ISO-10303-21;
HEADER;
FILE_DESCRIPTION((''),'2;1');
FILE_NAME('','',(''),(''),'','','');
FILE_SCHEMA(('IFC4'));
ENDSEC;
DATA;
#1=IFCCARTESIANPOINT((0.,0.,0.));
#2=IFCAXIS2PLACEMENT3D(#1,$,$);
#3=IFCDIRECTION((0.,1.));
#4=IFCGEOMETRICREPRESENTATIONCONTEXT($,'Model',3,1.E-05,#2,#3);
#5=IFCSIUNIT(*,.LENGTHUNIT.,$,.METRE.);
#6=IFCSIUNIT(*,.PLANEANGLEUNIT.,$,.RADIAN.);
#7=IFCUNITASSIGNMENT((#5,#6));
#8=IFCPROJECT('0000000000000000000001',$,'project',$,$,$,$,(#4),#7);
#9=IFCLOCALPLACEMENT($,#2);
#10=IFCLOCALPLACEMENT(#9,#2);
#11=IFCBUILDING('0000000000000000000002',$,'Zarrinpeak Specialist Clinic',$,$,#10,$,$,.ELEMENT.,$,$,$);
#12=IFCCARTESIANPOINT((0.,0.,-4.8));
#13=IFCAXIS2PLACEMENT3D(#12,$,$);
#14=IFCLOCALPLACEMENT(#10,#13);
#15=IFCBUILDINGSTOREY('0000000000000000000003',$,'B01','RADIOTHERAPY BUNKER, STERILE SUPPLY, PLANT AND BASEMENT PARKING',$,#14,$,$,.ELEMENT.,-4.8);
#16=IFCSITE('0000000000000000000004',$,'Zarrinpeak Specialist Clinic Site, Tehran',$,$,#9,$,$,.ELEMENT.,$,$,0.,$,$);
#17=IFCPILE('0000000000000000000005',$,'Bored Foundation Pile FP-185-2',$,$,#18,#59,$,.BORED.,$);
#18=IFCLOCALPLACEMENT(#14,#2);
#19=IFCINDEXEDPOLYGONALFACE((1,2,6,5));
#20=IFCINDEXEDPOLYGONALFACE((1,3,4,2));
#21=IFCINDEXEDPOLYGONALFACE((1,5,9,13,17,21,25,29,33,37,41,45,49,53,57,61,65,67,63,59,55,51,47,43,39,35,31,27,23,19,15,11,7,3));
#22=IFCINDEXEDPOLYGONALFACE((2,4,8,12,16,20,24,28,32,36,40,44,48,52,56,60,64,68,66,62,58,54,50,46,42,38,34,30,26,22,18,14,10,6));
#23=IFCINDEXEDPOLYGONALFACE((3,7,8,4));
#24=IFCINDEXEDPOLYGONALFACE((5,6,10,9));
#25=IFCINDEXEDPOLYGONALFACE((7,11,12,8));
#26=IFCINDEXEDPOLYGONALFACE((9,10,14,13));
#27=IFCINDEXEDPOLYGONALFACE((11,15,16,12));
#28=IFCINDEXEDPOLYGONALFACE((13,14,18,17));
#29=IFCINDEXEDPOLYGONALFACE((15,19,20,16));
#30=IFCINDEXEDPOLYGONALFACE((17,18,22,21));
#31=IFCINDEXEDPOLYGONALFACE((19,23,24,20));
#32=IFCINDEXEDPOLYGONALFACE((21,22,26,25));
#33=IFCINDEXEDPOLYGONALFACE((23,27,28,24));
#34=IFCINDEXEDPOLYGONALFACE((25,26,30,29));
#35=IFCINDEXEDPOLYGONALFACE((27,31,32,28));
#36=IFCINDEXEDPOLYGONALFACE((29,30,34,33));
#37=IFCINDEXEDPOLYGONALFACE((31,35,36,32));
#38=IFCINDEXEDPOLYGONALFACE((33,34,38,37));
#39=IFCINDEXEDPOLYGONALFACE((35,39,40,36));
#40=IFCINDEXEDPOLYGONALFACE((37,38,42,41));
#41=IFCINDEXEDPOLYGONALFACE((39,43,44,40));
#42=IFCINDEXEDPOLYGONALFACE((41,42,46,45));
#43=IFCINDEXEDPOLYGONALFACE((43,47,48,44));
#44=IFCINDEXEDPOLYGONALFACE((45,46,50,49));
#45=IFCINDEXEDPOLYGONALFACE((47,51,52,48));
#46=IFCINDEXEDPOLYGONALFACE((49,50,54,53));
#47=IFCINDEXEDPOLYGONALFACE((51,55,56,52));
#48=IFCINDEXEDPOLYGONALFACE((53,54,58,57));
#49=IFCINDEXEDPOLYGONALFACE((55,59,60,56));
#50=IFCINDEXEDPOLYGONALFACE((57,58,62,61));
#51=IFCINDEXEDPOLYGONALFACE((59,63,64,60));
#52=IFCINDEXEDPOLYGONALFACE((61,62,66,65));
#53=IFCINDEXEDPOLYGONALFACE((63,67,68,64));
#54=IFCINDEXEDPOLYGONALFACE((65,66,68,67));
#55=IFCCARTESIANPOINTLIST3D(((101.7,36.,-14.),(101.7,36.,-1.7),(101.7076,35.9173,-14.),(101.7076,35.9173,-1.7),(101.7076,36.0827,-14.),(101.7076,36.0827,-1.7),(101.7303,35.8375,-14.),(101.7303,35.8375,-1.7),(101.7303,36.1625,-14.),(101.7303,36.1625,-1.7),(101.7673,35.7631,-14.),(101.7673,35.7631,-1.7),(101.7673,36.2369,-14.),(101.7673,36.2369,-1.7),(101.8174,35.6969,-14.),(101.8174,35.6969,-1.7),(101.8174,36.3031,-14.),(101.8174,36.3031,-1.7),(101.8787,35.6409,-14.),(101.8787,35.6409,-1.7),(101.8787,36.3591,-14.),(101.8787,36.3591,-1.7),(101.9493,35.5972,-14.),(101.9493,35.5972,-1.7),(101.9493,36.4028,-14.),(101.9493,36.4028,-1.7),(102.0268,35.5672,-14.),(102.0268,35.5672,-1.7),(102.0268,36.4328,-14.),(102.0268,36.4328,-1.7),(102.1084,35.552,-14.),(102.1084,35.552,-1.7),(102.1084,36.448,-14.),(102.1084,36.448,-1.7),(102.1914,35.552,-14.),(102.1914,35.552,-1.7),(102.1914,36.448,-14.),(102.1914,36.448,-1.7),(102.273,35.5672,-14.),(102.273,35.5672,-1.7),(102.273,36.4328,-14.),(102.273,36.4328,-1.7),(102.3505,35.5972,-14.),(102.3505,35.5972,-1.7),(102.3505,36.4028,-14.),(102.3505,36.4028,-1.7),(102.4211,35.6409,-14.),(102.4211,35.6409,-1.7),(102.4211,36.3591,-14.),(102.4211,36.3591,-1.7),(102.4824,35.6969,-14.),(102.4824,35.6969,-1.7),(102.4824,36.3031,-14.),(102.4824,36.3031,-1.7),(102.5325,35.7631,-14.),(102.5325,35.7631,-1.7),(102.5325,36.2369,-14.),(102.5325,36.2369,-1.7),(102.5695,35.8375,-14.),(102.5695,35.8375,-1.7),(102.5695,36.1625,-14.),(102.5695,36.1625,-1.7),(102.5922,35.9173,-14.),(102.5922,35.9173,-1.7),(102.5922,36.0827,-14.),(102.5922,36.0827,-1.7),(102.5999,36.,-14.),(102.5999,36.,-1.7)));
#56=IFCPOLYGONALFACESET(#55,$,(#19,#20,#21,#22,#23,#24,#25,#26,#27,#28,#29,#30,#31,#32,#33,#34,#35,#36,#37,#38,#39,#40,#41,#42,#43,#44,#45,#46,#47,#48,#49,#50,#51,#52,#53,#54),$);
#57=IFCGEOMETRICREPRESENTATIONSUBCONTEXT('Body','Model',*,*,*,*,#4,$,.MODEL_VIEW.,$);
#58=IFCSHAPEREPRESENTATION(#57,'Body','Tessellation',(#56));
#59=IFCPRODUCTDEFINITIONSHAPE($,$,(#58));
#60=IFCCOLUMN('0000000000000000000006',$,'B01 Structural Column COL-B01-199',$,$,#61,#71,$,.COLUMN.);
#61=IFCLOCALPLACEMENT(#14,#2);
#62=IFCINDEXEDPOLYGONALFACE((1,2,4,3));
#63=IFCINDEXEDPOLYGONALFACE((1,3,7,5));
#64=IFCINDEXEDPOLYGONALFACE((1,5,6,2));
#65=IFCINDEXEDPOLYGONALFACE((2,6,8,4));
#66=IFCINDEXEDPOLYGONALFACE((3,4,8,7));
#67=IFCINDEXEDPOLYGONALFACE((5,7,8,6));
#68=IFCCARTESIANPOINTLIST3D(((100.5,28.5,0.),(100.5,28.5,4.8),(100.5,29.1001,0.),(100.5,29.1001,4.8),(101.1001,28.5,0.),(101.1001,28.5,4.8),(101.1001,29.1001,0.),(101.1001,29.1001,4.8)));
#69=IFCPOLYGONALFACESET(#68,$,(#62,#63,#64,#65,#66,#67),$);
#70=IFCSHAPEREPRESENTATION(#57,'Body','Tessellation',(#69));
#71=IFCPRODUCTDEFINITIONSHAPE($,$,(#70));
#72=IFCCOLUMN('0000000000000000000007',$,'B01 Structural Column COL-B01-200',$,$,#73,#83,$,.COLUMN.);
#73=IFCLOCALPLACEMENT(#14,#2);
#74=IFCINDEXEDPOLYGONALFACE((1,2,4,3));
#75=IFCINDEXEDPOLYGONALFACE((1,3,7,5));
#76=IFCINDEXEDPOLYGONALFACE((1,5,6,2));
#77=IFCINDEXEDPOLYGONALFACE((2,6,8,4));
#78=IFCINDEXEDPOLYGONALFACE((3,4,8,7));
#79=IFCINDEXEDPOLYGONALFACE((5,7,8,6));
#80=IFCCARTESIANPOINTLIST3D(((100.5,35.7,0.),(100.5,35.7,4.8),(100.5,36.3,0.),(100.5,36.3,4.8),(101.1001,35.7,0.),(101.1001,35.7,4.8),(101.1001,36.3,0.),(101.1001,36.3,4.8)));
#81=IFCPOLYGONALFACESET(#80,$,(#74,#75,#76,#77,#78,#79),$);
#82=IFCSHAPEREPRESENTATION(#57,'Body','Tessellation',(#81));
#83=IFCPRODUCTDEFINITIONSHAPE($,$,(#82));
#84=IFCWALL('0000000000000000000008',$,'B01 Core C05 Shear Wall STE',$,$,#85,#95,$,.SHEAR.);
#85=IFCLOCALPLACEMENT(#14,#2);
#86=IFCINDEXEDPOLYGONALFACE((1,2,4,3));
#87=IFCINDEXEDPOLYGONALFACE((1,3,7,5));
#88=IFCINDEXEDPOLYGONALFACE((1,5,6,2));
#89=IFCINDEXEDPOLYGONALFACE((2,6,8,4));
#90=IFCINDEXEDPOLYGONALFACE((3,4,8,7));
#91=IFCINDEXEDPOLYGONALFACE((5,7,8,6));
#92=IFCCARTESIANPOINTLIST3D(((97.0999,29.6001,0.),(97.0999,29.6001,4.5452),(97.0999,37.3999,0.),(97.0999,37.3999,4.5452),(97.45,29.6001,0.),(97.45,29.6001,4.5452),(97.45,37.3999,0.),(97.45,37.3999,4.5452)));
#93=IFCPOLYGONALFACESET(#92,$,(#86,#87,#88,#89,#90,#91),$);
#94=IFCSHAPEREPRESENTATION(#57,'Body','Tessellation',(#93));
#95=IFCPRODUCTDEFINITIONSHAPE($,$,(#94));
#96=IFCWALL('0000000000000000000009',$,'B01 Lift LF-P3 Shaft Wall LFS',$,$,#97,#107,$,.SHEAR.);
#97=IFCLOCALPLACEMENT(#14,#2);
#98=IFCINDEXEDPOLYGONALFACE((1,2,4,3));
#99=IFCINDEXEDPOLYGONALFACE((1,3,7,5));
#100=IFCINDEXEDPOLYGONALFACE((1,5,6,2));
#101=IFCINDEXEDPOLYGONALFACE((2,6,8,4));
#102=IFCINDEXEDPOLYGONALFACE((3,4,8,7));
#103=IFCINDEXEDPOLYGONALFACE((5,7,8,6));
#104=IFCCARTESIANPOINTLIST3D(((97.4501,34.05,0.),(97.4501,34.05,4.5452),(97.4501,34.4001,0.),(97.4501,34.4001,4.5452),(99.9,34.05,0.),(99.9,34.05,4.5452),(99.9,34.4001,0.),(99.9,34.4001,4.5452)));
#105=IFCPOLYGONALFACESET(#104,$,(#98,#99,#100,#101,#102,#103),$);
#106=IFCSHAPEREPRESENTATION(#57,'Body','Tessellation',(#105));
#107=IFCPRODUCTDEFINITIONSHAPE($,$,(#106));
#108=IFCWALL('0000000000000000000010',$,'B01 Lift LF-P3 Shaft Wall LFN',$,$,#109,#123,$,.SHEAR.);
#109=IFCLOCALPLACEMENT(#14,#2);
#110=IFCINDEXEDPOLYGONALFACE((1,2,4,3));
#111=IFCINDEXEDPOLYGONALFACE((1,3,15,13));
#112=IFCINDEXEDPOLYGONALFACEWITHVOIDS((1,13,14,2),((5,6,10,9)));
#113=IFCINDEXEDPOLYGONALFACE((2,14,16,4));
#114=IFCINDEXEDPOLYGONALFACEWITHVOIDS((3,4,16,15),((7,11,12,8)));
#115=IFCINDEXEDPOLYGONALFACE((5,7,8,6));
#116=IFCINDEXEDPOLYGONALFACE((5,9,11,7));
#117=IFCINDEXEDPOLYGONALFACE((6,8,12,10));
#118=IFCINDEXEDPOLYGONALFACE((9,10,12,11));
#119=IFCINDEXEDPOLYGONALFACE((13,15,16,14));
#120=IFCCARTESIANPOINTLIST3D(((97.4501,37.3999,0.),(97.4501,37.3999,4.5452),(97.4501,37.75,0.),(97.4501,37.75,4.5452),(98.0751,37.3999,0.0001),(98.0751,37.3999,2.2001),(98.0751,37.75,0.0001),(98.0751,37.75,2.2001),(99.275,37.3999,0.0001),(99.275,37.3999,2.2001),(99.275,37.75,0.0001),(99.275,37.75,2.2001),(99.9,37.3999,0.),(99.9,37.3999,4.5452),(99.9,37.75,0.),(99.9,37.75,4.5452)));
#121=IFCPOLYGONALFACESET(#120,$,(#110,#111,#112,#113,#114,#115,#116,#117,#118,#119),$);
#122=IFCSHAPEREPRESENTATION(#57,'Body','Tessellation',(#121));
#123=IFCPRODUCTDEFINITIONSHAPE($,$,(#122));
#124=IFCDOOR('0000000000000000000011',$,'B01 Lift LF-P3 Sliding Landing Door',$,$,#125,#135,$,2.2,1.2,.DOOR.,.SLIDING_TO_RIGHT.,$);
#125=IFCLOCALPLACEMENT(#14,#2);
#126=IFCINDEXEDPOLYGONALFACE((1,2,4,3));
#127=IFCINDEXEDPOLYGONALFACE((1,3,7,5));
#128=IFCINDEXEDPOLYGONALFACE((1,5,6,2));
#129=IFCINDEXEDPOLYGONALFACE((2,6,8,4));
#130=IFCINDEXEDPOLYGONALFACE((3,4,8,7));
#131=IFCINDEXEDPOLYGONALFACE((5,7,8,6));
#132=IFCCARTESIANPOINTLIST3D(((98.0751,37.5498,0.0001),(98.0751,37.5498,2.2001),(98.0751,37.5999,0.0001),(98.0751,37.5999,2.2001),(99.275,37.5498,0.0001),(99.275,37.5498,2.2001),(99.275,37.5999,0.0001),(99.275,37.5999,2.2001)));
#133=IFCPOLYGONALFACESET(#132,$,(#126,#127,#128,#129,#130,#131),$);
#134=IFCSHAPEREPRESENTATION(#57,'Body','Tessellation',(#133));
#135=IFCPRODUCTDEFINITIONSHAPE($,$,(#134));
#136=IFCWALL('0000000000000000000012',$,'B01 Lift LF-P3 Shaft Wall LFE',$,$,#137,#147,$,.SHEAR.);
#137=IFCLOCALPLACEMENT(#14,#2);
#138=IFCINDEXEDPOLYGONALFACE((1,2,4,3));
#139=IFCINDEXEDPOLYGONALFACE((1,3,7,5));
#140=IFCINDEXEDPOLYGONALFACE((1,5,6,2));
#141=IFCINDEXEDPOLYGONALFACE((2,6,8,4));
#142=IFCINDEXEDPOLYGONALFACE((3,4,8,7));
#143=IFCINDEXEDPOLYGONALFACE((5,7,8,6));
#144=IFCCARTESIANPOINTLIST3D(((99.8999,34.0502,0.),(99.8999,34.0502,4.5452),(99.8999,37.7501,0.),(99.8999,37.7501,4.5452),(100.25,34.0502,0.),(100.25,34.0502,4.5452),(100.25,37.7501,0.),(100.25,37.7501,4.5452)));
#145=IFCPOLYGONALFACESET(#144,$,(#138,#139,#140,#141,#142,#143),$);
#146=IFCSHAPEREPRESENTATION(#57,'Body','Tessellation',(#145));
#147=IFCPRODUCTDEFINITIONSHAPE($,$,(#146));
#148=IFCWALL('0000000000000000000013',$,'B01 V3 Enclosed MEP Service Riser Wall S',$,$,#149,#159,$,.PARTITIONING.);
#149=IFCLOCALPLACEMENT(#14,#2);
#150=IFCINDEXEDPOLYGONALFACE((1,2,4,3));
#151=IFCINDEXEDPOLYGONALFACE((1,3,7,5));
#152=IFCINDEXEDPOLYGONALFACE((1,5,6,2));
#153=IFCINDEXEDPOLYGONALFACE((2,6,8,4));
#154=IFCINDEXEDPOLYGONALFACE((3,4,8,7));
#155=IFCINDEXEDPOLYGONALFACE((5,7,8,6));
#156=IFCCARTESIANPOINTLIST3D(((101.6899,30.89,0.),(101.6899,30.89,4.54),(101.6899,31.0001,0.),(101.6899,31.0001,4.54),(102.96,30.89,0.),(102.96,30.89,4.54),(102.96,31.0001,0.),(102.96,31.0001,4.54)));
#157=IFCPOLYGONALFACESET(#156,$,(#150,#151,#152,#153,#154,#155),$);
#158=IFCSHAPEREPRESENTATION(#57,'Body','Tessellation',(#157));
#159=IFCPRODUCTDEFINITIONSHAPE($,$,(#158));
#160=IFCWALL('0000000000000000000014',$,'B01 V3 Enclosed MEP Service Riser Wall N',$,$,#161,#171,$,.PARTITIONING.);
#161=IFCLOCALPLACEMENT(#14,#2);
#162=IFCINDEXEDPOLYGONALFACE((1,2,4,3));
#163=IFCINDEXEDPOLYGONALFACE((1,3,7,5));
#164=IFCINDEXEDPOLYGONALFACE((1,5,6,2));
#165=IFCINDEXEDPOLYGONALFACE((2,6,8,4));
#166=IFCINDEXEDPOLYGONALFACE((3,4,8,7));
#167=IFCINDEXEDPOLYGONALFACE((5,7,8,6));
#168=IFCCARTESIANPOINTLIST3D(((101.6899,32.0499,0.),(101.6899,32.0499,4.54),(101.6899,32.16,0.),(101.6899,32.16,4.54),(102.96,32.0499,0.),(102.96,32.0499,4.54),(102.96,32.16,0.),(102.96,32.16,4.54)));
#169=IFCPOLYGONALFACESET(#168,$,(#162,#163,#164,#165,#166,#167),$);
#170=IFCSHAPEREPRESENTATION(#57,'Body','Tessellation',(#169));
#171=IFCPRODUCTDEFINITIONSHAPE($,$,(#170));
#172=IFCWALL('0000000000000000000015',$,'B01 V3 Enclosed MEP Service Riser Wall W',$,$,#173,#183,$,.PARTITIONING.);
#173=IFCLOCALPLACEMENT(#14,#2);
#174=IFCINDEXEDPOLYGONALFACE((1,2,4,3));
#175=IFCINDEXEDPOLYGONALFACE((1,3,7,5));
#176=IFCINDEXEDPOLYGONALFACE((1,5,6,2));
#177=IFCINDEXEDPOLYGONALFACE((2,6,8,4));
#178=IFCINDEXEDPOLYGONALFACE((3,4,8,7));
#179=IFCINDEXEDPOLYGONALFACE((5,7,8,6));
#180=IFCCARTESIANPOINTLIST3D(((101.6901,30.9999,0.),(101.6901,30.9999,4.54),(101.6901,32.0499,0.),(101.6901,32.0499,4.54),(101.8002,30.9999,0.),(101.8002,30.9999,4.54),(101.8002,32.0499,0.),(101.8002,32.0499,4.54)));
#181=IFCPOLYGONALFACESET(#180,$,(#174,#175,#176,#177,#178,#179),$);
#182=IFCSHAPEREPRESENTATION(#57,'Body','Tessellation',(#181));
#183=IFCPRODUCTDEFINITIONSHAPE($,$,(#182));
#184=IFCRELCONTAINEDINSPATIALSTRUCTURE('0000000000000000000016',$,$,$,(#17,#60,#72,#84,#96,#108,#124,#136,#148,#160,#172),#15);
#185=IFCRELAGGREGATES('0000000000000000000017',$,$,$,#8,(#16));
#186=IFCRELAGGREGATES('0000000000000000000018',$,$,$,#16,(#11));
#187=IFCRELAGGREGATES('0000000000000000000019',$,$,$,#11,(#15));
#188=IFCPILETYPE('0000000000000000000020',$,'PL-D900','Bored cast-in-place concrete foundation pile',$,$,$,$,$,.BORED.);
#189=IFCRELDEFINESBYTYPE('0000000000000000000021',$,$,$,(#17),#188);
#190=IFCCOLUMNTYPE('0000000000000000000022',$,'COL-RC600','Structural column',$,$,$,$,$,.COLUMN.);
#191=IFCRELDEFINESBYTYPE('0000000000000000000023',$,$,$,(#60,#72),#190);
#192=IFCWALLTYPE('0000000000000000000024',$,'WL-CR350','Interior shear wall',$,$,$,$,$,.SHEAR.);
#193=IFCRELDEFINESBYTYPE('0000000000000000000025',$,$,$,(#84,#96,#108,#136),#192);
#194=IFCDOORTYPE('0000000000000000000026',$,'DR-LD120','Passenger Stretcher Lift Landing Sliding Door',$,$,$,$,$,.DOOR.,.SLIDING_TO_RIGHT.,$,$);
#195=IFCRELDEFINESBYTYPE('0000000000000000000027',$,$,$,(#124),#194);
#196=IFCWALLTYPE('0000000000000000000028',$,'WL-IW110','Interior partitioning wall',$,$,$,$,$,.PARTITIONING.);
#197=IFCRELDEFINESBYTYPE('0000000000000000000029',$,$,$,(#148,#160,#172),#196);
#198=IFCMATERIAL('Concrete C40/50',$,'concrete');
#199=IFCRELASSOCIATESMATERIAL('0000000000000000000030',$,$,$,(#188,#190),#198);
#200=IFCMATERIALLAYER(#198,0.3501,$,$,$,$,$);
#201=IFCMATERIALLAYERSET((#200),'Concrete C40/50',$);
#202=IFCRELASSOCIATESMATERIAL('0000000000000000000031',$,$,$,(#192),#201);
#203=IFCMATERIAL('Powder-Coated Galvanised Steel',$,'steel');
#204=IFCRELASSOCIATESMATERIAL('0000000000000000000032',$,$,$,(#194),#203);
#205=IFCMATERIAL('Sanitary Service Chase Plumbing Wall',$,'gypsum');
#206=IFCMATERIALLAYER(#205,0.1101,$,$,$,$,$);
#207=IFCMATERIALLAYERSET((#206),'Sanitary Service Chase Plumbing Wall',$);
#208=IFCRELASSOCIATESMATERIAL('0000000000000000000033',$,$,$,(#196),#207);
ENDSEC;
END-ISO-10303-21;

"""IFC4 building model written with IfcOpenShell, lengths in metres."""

from ifc_helpers import new_model, si_unit, direction, frame, frame_2d, origin, origin_2d, place, context, subcontext, project, spatial, rectangle, circle, extrude, material, layer, layer_set, material_profile, profile_set, type_object, element, fill, save


model = new_model("IFC4")

# Units and contexts
model_context = context("Model", 3, precision=1e-05, world=origin(), true_north=direction((0.0, 1.0)))
body_context = subcontext(model_context, "Body", "Model", "MODEL_VIEW")
ifc_project = project(units=[si_unit("LENGTHUNIT", "METRE"), si_unit("PLANEANGLEUNIT", "RADIAN")], contexts=[model_context])

# Site, building, storey
site_placement = place(None, origin())
site = spatial("IfcSite", under=ifc_project, at=site_placement, Name="Zarrinpeak Specialist Clinic Site, Tehran", CompositionType="ELEMENT", RefElevation=0.0)
building_placement = place(site_placement, origin())
building = spatial("IfcBuilding", under=site, at=building_placement, Name="Zarrinpeak Specialist Clinic", CompositionType="ELEMENT")
storey_placement = place(building_placement, frame((0.0, 0.0, -4.8)))
storey = spatial("IfcBuildingStorey", under=building, at=storey_placement, Name="B01", Description="RADIOTHERAPY BUNKER, STERILE SUPPLY, PLANT AND BASEMENT PARKING", CompositionType="ELEMENT", Elevation=-4.8)

# Shared definitions
ifc_material_1 = material(Name="Concrete C40/50", Category="concrete")

# Pile
ifc_material_profile_1 = material_profile(ifc_material_1, circle(Radius=0.45, at=origin_2d()), Name="BORED PILE D900")
ifc_profile_set_1 = profile_set([ifc_material_profile_1], Name="Concrete C40/50")
pile_type_1 = type_object("IfcPileType", Name="PL-D900", Description="Bored cast-in-place concrete foundation pile", PredefinedType="BORED", material=ifc_profile_set_1)
for number, where, z_axis, x_axis, name in (
    (1, (102.1499, 36.0, -1.7), (0.0, 0.0, -1.0), (1.0, 0.0, 0.0), "Bored Foundation Pile FP-185-2"),
):
    element("IfcPile", number, at=place(storey_placement, frame(where, z_axis=z_axis, x_axis=x_axis)), inside=storey, type_object=pile_type_1, Name=name, PredefinedType="BORED", context=body_context, shape_type="SweptSolid", body=[
        extrude(circle(Radius=0.45, at=origin_2d()), origin(), (0.0, 0.0, 1.0), 12.3),
    ])

# Columns
ifc_material_profile_2 = material_profile(ifc_material_1, rectangle(XDim=0.6001, YDim=0.6001, at=origin_2d()), Name="RC 600x600")
ifc_profile_set_2 = profile_set([ifc_material_profile_2], Name="Concrete C40/50")
column_type = type_object("IfcColumnType", Name="COL-RC600", Description="Structural column", PredefinedType="COLUMN", material=ifc_profile_set_2)
for number, where, z_axis, x_axis, name in (
    (2, (100.8, 28.8, 0.0), (0.0, 0.0, 1.0), (1.0, 0.0, 0.0), "B01 Structural Column COL-B01-199"),
    (3, (100.8, 36.0, 0.0), (0.0, 0.0, 1.0), (1.0, 0.0, 0.0), "B01 Structural Column COL-B01-200"),
):
    element("IfcColumn", number, at=place(storey_placement, frame(where, z_axis=z_axis, x_axis=x_axis)), inside=storey, type_object=column_type, Name=name, PredefinedType="COLUMN", context=body_context, shape_type="SweptSolid", body=[
        extrude(rectangle(XDim=0.6001, YDim=0.6001, at=origin_2d()), origin(), (0.0, 0.0, 1.0), 4.8),
    ])

# Walls
ifc_layer_1 = layer(ifc_material_1, 0.3501)
ifc_layer_set_1 = layer_set([ifc_layer_1], Name="Concrete C40/50")
wall_type_1 = type_object("IfcWallType", Name="WL-CR350", Description="Interior shear wall", PredefinedType="SHEAR", material=ifc_layer_set_1)
wall_1_placement = place(storey_placement, frame((97.2749, 29.6001, 0.0), z_axis=(0.0, 0.0, 1.0), x_axis=(0.0, 1.0, 0.0)))
element("IfcWall", 4, at=wall_1_placement, inside=storey, type_object=wall_type_1, Name="B01 Core C05 Shear Wall STE", PredefinedType="SHEAR", context=body_context, shape_type="SweptSolid", body=[
    extrude(rectangle(XDim=7.7998, YDim=0.3501, at=frame_2d((3.8999, 0.0))), origin(), (0.0, 0.0, 1.0), 4.5452),
])
wall_2_placement = place(storey_placement, frame((97.45, 34.2251, 0.0), z_axis=(0.0, 0.0, 1.0), x_axis=(1.0, 0.0, 0.0)))
element("IfcWall", 5, at=wall_2_placement, inside=storey, type_object=wall_type_1, Name="B01 Lift LF-P3 Shaft Wall LFS", PredefinedType="SHEAR", context=body_context, shape_type="SweptSolid", body=[
    extrude(rectangle(XDim=2.45, YDim=0.3501, at=frame_2d((1.2251, 0.0))), origin(), (0.0, 0.0, 1.0), 4.5452),
])

# Wall, opening, door
wall_3_placement = place(storey_placement, frame((97.45, 37.575, 0.0), z_axis=(0.0, 0.0, 1.0), x_axis=(1.0, 0.0, 0.0)))
wall_3 = element("IfcWall", 6, at=wall_3_placement, inside=storey, type_object=wall_type_1, Name="B01 Lift LF-P3 Shaft Wall LFN", PredefinedType="SHEAR", context=body_context, shape_type="SweptSolid", body=[
    extrude(rectangle(XDim=2.45, YDim=0.3501, at=frame_2d((1.2251, 0.0))), origin(), (0.0, 0.0, 1.0), 4.5452),
])
opening_1_placement = place(wall_3_placement, frame((0.625, 0.0, 0.0)))
opening_1 = element("IfcOpeningElement", 7, at=opening_1_placement, cuts=wall_3, PredefinedType="OPENING", context=body_context, shape_type="SweptSolid", body=[
    extrude(rectangle(XDim=1.2, YDim=2.2, at=frame_2d((0.6001, 1.1001))), frame((0.0, 0.1851, 0.0), z_axis=(0.0, -1.0, 0.0), x_axis=(1.0, 0.0, 0.0)), (0.0, 0.0, 1.0), 0.3701),
])
ifc_material_2 = material(Name="Powder-Coated Galvanised Steel", Category="steel")
door_type_1 = type_object("IfcDoorType", Name="DR-LD120", Description="Passenger Stretcher Lift Landing Sliding Door", OperationType="SLIDING_TO_RIGHT", PredefinedType="DOOR", material=ifc_material_2)
door_1_placement = place(opening_1_placement, origin())
door_1 = element("IfcDoor", 8, at=door_1_placement, inside=storey, type_object=door_type_1, Name="B01 Lift LF-P3 Sliding Landing Door", OperationType="SLIDING_TO_RIGHT", OverallHeight=2.2, OverallWidth=1.2, PredefinedType="DOOR", context=body_context, shape_type="SweptSolid", body=[
    extrude(rectangle(XDim=1.2, YDim=2.2, at=frame_2d((0.6001, 1.1001))), frame((0.0, 0.0249, 0.0), z_axis=(0.0, -1.0, 0.0), x_axis=(1.0, 0.0, 0.0)), (0.0, 0.0, 1.0), 0.05),
])
fill(opening_1, door_1)

# Walls
wall_4_placement = place(storey_placement, frame((100.075, 34.05, 0.0), z_axis=(0.0, 0.0, 1.0), x_axis=(0.0, 1.0, 0.0)))
element("IfcWall", 9, at=wall_4_placement, inside=storey, type_object=wall_type_1, Name="B01 Lift LF-P3 Shaft Wall LFE", PredefinedType="SHEAR", context=body_context, shape_type="SweptSolid", body=[
    extrude(rectangle(XDim=3.7, YDim=0.3501, at=frame_2d((1.8501, 0.0))), origin(), (0.0, 0.0, 1.0), 4.5452),
])
ifc_material_3 = material(Name="Sanitary Service Chase Plumbing Wall", Category="gypsum")
ifc_layer_2 = layer(ifc_material_3, 0.1101)
ifc_layer_set_2 = layer_set([ifc_layer_2], Name="Sanitary Service Chase Plumbing Wall")
wall_type_2 = type_object("IfcWallType", Name="WL-IW110", Description="Interior partitioning wall", PredefinedType="PARTITIONING", material=ifc_layer_set_2)
for number, where, z_axis, x_axis, name in (
    (10, (101.6899, 30.9451, 0.0), (0.0, 0.0, 1.0), (1.0, 0.0, 0.0), "B01 V3 Enclosed MEP Service Riser Wall S"),
    (11, (101.6899, 32.105, 0.0), (0.0, 0.0, 1.0), (1.0, 0.0, 0.0), "B01 V3 Enclosed MEP Service Riser Wall N"),
):
    element("IfcWall", number, at=place(storey_placement, frame(where, z_axis=z_axis, x_axis=x_axis)), inside=storey, type_object=wall_type_2, Name=name, PredefinedType="PARTITIONING", context=body_context, shape_type="SweptSolid", body=[
        extrude(rectangle(XDim=1.27, YDim=0.1101, at=frame_2d((0.635, 0.0))), origin(), (0.0, 0.0, 1.0), 4.54),
    ])
wall_5_placement = place(storey_placement, frame((101.7451, 31.0, 0.0), z_axis=(0.0, 0.0, 1.0), x_axis=(0.0, 1.0, 0.0)))
element("IfcWall", 12, at=wall_5_placement, inside=storey, type_object=wall_type_2, Name="B01 V3 Enclosed MEP Service Riser Wall W", PredefinedType="PARTITIONING", context=body_context, shape_type="SweptSolid", body=[
    extrude(rectangle(XDim=1.05, YDim=0.1101, at=frame_2d((0.5249, 0.0))), origin(), (0.0, 0.0, 1.0), 4.54),
])

save(model, "model.ifc")
